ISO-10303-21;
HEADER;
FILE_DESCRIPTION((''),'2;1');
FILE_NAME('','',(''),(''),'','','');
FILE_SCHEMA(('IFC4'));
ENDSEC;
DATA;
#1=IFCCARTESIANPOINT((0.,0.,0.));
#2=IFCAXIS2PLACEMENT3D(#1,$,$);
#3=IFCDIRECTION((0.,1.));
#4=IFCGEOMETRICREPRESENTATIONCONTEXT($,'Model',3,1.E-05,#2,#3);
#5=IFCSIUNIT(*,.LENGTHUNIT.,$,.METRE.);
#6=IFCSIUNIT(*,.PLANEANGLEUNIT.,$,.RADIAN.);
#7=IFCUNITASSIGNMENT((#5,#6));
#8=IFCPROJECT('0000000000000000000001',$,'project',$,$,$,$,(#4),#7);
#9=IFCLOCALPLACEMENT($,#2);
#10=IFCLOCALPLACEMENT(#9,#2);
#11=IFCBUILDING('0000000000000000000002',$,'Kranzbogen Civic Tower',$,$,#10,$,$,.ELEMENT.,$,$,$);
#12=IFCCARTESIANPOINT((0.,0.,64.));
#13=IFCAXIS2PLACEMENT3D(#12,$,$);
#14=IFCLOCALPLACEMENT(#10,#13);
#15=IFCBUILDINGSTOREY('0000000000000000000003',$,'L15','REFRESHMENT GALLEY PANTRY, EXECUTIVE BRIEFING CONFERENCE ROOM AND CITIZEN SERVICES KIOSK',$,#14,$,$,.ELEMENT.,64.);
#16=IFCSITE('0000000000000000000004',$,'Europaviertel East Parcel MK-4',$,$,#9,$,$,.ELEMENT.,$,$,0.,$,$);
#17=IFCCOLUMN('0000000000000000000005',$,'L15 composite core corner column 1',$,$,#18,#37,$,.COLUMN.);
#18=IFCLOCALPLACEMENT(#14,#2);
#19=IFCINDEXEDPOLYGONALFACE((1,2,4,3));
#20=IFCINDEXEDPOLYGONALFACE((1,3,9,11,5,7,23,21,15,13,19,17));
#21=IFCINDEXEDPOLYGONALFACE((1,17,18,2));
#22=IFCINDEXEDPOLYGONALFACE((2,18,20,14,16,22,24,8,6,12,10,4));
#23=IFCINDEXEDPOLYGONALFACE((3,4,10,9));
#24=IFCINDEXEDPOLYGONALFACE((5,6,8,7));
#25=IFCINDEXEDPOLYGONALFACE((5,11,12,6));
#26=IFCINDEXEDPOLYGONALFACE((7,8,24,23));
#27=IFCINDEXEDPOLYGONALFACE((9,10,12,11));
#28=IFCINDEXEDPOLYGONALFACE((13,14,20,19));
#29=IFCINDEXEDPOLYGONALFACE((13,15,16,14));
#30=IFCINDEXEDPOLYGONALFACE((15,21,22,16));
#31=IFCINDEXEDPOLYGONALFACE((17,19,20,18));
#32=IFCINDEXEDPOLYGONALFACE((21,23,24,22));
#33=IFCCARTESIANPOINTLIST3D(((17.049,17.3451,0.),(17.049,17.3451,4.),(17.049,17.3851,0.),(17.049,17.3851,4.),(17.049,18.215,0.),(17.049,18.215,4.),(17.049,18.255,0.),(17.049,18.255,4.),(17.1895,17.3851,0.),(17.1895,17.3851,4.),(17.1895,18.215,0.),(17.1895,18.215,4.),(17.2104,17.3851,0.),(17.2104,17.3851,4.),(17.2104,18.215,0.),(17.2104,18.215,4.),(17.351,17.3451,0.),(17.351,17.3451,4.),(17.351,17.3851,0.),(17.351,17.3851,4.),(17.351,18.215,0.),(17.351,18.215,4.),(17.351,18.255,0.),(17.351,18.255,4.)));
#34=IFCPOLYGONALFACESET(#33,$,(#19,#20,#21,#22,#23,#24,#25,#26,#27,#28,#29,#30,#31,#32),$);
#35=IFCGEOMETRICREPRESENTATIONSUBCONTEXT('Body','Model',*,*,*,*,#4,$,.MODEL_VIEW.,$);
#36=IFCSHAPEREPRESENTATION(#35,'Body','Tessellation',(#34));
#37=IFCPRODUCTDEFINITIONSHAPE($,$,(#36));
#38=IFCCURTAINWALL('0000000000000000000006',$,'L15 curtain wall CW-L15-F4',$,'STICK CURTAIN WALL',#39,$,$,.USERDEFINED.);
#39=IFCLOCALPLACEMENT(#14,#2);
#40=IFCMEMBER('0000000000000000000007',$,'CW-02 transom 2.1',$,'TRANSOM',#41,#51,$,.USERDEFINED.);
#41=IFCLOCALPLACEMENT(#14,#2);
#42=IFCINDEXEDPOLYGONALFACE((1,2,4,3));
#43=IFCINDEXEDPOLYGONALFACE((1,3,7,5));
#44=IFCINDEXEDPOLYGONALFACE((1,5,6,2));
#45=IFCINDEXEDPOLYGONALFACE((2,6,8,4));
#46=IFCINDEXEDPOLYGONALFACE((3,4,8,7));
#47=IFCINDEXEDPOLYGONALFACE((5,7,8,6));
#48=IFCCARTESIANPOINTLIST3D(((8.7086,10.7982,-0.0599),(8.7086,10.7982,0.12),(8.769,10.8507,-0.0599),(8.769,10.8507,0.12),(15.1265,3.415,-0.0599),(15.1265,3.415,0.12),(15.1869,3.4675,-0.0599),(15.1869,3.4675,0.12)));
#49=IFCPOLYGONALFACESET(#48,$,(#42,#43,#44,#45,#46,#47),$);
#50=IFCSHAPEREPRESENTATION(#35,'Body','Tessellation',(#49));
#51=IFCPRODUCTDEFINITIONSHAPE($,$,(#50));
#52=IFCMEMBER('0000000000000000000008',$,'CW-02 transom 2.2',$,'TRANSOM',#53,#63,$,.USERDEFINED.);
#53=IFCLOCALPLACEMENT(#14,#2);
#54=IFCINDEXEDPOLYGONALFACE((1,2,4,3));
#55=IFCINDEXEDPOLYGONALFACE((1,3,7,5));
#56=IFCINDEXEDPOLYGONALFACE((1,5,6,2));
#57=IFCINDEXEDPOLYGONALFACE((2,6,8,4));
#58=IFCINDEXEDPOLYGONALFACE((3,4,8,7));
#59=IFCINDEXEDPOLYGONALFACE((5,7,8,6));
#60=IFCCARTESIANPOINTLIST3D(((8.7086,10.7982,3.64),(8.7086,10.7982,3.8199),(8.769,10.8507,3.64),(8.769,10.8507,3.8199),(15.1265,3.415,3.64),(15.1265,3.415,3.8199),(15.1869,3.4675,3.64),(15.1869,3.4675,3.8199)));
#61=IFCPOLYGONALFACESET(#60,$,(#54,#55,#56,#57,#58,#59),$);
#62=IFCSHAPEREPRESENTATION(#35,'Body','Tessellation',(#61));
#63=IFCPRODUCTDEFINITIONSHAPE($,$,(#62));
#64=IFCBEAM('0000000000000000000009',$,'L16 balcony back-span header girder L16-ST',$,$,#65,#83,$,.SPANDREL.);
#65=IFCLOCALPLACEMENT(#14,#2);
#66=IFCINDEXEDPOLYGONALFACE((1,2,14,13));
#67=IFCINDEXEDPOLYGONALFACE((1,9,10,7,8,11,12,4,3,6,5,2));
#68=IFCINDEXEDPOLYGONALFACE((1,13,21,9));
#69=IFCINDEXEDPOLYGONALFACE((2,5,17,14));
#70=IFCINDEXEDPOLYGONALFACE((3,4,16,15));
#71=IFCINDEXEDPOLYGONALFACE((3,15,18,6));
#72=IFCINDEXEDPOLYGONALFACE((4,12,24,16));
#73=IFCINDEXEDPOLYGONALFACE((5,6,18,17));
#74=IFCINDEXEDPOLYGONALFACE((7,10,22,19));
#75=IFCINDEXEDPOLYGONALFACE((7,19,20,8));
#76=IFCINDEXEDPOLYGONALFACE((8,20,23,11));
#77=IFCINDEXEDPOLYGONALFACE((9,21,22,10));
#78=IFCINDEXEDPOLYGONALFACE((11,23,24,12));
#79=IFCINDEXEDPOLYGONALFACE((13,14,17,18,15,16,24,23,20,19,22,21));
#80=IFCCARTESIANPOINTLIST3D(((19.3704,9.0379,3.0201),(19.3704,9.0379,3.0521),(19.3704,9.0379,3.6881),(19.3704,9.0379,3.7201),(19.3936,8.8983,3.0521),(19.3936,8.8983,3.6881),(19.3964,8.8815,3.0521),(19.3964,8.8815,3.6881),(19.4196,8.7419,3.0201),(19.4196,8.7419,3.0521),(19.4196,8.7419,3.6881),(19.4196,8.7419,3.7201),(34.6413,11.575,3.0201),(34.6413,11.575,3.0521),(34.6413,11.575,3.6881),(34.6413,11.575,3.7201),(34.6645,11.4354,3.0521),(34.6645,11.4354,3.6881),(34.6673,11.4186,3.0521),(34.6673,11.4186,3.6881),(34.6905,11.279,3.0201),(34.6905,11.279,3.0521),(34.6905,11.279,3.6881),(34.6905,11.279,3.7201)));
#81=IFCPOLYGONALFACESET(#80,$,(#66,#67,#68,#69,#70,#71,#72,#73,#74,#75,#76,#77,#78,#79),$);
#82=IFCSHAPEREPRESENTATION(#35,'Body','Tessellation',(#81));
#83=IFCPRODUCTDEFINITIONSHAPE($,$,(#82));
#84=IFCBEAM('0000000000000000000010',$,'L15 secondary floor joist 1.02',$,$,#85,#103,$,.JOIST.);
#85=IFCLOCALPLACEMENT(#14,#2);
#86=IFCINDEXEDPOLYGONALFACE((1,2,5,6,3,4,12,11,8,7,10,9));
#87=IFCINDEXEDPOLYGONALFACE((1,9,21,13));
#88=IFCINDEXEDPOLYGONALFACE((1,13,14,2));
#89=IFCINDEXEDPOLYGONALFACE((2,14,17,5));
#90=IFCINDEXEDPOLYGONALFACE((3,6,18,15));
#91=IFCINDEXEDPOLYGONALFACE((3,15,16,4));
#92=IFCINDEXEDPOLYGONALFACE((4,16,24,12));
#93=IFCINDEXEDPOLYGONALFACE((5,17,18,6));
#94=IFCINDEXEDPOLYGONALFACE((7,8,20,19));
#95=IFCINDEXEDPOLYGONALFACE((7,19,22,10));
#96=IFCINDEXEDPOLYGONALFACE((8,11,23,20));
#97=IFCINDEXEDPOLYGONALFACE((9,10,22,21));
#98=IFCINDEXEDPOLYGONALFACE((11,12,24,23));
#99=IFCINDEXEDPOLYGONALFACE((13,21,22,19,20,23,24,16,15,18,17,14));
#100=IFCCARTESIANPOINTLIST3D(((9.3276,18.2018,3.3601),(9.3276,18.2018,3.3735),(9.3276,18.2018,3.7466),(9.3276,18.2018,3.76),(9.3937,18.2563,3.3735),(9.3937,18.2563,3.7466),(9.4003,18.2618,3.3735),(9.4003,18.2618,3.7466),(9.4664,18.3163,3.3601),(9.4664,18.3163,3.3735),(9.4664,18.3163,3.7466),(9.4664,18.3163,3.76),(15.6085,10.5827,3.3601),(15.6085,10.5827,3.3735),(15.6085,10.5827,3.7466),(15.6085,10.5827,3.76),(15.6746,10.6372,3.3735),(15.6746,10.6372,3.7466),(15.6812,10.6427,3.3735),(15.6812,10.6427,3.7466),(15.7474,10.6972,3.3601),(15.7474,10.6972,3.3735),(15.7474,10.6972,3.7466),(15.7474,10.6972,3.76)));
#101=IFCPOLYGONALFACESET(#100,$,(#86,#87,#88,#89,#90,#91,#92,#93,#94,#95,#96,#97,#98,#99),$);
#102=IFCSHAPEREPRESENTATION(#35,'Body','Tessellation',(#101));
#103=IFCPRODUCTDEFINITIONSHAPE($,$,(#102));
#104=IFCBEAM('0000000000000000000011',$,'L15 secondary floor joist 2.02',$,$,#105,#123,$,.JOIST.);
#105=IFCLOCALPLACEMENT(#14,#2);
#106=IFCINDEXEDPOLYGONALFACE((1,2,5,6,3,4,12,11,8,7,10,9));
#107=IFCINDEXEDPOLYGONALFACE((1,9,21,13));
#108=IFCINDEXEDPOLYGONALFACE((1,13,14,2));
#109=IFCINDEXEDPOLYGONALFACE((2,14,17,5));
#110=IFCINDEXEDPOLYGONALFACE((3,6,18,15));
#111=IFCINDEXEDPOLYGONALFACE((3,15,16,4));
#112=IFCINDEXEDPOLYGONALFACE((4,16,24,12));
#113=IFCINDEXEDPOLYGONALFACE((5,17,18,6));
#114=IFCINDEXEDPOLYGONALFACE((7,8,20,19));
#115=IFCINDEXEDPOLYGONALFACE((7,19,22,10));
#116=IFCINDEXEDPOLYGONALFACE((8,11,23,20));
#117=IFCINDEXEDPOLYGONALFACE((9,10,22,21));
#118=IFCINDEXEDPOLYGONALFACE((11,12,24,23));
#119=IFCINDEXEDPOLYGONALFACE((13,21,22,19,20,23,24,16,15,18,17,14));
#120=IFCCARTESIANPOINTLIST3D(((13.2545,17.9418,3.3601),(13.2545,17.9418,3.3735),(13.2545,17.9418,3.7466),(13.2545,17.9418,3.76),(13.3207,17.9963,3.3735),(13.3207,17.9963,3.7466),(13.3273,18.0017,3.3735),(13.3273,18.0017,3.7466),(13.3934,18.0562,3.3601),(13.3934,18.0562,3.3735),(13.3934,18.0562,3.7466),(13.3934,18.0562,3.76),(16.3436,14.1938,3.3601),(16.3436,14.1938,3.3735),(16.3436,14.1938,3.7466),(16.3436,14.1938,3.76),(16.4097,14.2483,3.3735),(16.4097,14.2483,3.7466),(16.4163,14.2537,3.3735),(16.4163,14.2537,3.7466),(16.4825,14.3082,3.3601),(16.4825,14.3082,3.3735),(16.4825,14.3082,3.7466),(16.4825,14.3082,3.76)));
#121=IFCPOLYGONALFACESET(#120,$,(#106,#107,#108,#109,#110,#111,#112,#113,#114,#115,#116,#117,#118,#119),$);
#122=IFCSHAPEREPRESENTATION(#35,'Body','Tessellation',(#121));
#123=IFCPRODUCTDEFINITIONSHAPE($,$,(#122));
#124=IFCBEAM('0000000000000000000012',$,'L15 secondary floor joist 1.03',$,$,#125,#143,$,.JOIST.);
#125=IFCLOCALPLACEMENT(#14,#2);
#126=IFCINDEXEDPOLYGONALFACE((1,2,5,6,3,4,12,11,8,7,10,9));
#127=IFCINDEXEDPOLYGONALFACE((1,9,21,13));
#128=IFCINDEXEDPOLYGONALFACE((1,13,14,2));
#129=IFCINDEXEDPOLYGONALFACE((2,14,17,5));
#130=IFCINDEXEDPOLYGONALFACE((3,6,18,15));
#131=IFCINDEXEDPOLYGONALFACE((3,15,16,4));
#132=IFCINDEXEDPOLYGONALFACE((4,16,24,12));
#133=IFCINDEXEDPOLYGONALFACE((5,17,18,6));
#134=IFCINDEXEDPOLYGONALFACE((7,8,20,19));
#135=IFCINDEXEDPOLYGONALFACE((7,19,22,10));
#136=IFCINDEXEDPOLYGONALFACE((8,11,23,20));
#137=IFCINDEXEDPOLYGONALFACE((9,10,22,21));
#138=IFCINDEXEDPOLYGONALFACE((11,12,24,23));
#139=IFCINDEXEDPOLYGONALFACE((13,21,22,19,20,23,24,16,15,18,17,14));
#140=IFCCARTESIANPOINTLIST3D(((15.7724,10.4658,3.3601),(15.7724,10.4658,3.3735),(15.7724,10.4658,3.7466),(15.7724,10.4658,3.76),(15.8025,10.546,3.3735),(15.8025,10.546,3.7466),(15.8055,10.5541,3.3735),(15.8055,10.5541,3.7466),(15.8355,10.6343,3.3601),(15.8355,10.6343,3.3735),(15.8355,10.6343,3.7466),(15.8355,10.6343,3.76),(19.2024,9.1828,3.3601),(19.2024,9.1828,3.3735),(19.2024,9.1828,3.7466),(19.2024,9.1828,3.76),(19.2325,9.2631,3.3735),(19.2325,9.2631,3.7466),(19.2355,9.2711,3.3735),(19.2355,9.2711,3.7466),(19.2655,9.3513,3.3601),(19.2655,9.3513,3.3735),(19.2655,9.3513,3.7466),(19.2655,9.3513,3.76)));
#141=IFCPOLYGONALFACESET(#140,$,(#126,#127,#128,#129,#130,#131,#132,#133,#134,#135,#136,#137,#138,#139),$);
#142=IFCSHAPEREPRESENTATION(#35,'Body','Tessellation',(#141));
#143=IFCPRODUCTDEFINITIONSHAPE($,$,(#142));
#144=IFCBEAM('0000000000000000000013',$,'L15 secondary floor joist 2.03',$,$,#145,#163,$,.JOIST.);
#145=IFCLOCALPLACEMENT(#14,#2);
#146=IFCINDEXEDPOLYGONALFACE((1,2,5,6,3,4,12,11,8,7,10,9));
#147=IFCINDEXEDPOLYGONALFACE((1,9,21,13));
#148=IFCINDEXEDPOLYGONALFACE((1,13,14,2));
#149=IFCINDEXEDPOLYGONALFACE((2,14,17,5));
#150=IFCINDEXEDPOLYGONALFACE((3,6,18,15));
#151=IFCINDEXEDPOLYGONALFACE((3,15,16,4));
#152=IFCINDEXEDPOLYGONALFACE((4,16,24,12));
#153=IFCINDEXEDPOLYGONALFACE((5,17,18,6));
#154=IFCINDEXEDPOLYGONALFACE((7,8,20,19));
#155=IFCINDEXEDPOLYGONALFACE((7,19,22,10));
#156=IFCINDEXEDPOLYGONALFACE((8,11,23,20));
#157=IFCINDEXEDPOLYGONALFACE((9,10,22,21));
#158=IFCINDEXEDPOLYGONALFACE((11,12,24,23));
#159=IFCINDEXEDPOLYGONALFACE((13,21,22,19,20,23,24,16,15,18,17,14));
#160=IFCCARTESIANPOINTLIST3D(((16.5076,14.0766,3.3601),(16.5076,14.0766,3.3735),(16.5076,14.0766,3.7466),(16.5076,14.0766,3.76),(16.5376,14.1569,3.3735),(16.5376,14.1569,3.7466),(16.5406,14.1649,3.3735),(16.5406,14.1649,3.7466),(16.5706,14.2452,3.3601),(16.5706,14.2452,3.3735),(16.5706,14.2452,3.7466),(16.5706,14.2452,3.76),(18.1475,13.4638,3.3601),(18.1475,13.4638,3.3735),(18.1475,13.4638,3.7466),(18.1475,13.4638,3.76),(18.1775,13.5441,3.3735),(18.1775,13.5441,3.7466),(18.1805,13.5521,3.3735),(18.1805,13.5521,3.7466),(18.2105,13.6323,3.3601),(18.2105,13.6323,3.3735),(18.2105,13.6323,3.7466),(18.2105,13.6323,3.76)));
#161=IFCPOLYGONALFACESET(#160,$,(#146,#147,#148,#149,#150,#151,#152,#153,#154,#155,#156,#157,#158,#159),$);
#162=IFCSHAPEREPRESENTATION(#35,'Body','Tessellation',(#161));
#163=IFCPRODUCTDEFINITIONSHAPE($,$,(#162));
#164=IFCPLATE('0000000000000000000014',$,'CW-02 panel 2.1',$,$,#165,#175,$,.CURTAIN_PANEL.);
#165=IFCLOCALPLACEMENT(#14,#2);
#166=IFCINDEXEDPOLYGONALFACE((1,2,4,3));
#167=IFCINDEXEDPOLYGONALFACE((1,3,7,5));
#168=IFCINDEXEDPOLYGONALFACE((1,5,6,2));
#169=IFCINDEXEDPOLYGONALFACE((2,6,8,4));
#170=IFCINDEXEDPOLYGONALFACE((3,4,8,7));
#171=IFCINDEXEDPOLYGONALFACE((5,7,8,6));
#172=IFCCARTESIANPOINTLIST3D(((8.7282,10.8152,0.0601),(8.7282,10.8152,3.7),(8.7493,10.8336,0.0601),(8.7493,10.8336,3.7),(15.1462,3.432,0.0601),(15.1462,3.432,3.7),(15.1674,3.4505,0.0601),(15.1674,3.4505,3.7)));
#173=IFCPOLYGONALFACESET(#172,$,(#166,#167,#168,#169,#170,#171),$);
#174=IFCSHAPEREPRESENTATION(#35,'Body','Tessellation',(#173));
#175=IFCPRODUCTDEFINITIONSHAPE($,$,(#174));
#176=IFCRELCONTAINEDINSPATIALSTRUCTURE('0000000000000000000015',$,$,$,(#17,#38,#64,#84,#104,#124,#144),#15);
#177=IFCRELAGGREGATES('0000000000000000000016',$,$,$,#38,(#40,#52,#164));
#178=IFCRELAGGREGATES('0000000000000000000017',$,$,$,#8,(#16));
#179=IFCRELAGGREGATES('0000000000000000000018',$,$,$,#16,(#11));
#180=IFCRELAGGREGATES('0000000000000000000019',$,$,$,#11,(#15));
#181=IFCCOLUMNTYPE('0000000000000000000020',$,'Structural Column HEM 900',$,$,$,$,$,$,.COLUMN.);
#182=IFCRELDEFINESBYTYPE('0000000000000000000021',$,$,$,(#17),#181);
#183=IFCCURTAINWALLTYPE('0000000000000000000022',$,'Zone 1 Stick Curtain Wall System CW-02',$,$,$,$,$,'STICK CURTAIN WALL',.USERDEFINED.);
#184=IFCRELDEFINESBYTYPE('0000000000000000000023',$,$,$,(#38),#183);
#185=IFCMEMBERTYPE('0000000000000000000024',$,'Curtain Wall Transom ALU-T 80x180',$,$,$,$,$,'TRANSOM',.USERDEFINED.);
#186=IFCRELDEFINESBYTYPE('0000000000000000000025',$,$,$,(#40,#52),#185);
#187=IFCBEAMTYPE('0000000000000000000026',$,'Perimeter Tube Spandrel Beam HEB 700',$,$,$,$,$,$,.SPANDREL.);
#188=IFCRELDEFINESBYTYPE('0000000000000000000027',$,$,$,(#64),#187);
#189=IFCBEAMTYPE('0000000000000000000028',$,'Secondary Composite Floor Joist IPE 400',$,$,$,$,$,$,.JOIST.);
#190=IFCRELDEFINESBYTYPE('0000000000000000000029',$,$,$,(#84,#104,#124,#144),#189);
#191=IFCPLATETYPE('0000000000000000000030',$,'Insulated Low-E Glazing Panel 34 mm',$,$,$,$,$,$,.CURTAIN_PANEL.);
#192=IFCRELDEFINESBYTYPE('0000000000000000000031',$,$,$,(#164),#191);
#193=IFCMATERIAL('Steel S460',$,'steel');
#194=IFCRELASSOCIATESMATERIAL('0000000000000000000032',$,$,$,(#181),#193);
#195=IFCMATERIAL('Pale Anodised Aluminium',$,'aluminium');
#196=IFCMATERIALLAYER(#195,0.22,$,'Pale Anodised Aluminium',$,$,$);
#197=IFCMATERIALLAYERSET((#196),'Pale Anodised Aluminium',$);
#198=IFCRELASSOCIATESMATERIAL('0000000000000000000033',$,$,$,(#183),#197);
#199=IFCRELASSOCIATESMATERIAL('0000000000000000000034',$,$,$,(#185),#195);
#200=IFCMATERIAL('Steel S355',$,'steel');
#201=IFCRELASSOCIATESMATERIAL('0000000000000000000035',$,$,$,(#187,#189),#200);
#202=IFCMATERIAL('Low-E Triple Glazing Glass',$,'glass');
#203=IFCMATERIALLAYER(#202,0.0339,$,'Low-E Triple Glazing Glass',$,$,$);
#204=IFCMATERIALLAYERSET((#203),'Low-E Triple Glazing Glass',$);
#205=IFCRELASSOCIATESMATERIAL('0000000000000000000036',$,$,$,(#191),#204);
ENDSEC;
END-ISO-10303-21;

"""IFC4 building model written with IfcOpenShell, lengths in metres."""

from ifc_helpers import new_model, si_unit, direction, frame, origin, origin_2d, place, context, subcontext, project, spatial, rectangle, i_section, extrude, material, layer, layer_set, material_profile, profile_set, type_object, element, aggregate, save


model = new_model("IFC4")

# Units and contexts
model_context = context("Model", 3, precision=1e-05, world=origin(), true_north=direction((0.0, 1.0)))
body_context = subcontext(model_context, "Body", "Model", "MODEL_VIEW")
ifc_project = project(units=[si_unit("LENGTHUNIT", "METRE"), si_unit("PLANEANGLEUNIT", "RADIAN")], contexts=[model_context])

# Site, building, storey
site_placement = place(None, origin())
site = spatial("IfcSite", under=ifc_project, at=site_placement, Name="Europaviertel East Parcel MK-4", CompositionType="ELEMENT", RefElevation=0.0)
building_placement = place(site_placement, origin())
building = spatial("IfcBuilding", under=site, at=building_placement, Name="Kranzbogen Civic Tower", CompositionType="ELEMENT")
storey_placement = place(building_placement, frame((0.0, 0.0, 64.0)))
storey = spatial("IfcBuildingStorey", under=building, at=storey_placement, Name="L15", Description="REFRESHMENT GALLEY PANTRY, EXECUTIVE BRIEFING CONFERENCE ROOM AND CITIZEN SERVICES KIOSK", CompositionType="ELEMENT", Elevation=64.0)

# Column
ifc_material_1 = material(Name="Steel S460", Category="steel")
ifc_material_profile_1 = material_profile(ifc_material_1, i_section(OverallWidth=0.302, OverallDepth=0.9099, WebThickness=0.021, FlangeThickness=0.04, at=origin_2d()), Name="HEM 900")
ifc_profile_set_1 = profile_set([ifc_material_profile_1], Name="Steel S460")
column_type = type_object("IfcColumnType", Name="Structural Column HEM 900", PredefinedType="COLUMN", material=ifc_profile_set_1)
column_placement = place(storey_placement, frame((17.2, 17.8, 0.0), z_axis=(0.0, 0.0, 1.0), x_axis=(1.0, 0.0, 0.0)))
element("IfcColumn", 1, at=column_placement, inside=storey, type_object=column_type, Name="L15 composite core corner column 1", PredefinedType="COLUMN", context=body_context, shape_type="SweptSolid", body=[
    extrude(i_section(OverallWidth=0.302, OverallDepth=0.9099, WebThickness=0.021, FlangeThickness=0.04, at=origin_2d()), origin(), (0.0, 0.0, 1.0), 4.0),
])

# Curtain wall, members
ifc_material_2 = material(Name="Pale Anodised Aluminium", Category="aluminium")
ifc_layer_1 = layer(ifc_material_2, 0.22, Name="Pale Anodised Aluminium")
ifc_layer_set_1 = layer_set([ifc_layer_1], Name="Pale Anodised Aluminium")
curtain_wall_type = type_object("IfcCurtainWallType", Name="Zone 1 Stick Curtain Wall System CW-02", ElementType="STICK CURTAIN WALL", PredefinedType="USERDEFINED", material=ifc_layer_set_1)
curtain_wall_placement = place(storey_placement, origin())
curtain_wall = element("IfcCurtainWall", 2, at=curtain_wall_placement, inside=storey, type_object=curtain_wall_type, Name="L15 curtain wall CW-L15-F4", ObjectType="STICK CURTAIN WALL", PredefinedType="USERDEFINED")
ifc_material_profile_2 = material_profile(ifc_material_2, rectangle(XDim=0.0801, YDim=0.1799, at=origin_2d()), Name="ALU-T 80x180")
ifc_profile_set_2 = profile_set([ifc_material_profile_2], Name="Pale Anodised Aluminium")
member_type = type_object("IfcMemberType", Name="Curtain Wall Transom ALU-T 80x180", ElementType="TRANSOM", PredefinedType="USERDEFINED", material=ifc_profile_set_2)
member_1_placement = place(storey_placement, frame((8.7388, 10.8245, 0.03), z_axis=(0.656045, -0.754722, 0.0), x_axis=(0.754722, 0.656045, 0.0)))
member_1 = element("IfcMember", 3, at=member_1_placement, type_object=member_type, Name="CW-02 transom 2.1", ObjectType="TRANSOM", PredefinedType="USERDEFINED", context=body_context, shape_type="SweptSolid", body=[
    extrude(rectangle(XDim=0.0801, YDim=0.1799, at=origin_2d()), origin(), (0.0, 0.0, 1.0), 9.7827),
])
member_2_placement = place(storey_placement, frame((8.7388, 10.8245, 3.73), z_axis=(0.656045, -0.754722, 0.0), x_axis=(0.754722, 0.656045, 0.0)))
member_2 = element("IfcMember", 4, at=member_2_placement, type_object=member_type, Name="CW-02 transom 2.2", ObjectType="TRANSOM", PredefinedType="USERDEFINED", context=body_context, shape_type="SweptSolid", body=[
    extrude(rectangle(XDim=0.0801, YDim=0.1799, at=origin_2d()), origin(), (0.0, 0.0, 1.0), 9.7827),
])

# Beams
ifc_material_3 = material(Name="Steel S355", Category="steel")
ifc_material_profile_3 = material_profile(ifc_material_3, i_section(OverallWidth=0.3, OverallDepth=0.7, WebThickness=0.0171, FlangeThickness=0.032, at=origin_2d()), Name="HEB 700")
ifc_profile_set_3 = profile_set([ifc_material_profile_3], Name="Steel S355")
beam_type_1 = type_object("IfcBeamType", Name="Perimeter Tube Spandrel Beam HEB 700", PredefinedType="SPANDREL", material=ifc_profile_set_3)
beam_1_placement = place(storey_placement, frame((19.395, 8.8899, 3.3701), z_axis=(0.986478, 0.163893, 0.0), x_axis=(-0.163893, 0.986478, 0.0)))
element("IfcBeam", 5, at=beam_1_placement, inside=storey, type_object=beam_type_1, Name="L16 balcony back-span header girder L16-ST", PredefinedType="SPANDREL", context=body_context, shape_type="SweptSolid", body=[
    extrude(i_section(OverallWidth=0.3, OverallDepth=0.7, WebThickness=0.0171, FlangeThickness=0.032, at=origin_2d()), origin(), (0.0, 0.0, 1.0), 15.4802),
])
ifc_material_profile_4 = material_profile(ifc_material_3, i_section(OverallWidth=0.1799, OverallDepth=0.3999, WebThickness=0.0085, FlangeThickness=0.0134, at=origin_2d()), Name="IPE 400")
ifc_profile_set_4 = profile_set([ifc_material_profile_4], Name="Steel S355")
beam_type_2 = type_object("IfcBeamType", Name="Secondary Composite Floor Joist IPE 400", PredefinedType="JOIST", material=ifc_profile_set_4)
beam_2_placement = place(storey_placement, frame((9.397, 18.259, 3.5601), z_axis=(0.636095, -0.771611, 0.0), x_axis=(0.771611, 0.636095, 0.0)))
element("IfcBeam", 6, at=beam_2_placement, inside=storey, type_object=beam_type_2, Name="L15 secondary floor joist 1.02", PredefinedType="JOIST", context=body_context, shape_type="SweptSolid", body=[
    extrude(i_section(OverallWidth=0.1799, OverallDepth=0.3999, WebThickness=0.0085, FlangeThickness=0.0134, at=origin_2d()), origin(), (0.0, 0.0, 1.0), 9.8743),
])
beam_3_placement = place(storey_placement, frame((13.324, 17.999, 3.5601), z_axis=(0.636012, -0.771679, 0.0), x_axis=(0.771679, 0.636012, 0.0)))
element("IfcBeam", 7, at=beam_3_placement, inside=storey, type_object=beam_type_2, Name="L15 secondary floor joist 2.02", PredefinedType="JOIST", context=body_context, shape_type="SweptSolid", body=[
    extrude(i_section(OverallWidth=0.1799, OverallDepth=0.3999, WebThickness=0.0085, FlangeThickness=0.0134, at=origin_2d()), origin(), (0.0, 0.0, 1.0), 4.8569),
])
beam_4_placement = place(storey_placement, frame((15.804, 10.55, 3.5601), z_axis=(0.936622, -0.350342, 0.0), x_axis=(0.350342, 0.936622, 0.0)))
element("IfcBeam", 8, at=beam_4_placement, inside=storey, type_object=beam_type_2, Name="L15 secondary floor joist 1.03", PredefinedType="JOIST", context=body_context, shape_type="SweptSolid", body=[
    extrude(i_section(OverallWidth=0.1799, OverallDepth=0.3999, WebThickness=0.0085, FlangeThickness=0.0134, at=origin_2d()), origin(), (0.0, 0.0, 1.0), 3.6621),
])
beam_5_placement = place(storey_placement, frame((16.5391, 14.1609, 3.5601), z_axis=(0.936735, -0.350038, 0.0), x_axis=(0.350038, 0.936735, 0.0)))
element("IfcBeam", 9, at=beam_5_placement, inside=storey, type_object=beam_type_2, Name="L15 secondary floor joist 2.03", PredefinedType="JOIST", context=body_context, shape_type="SweptSolid", body=[
    extrude(i_section(OverallWidth=0.1799, OverallDepth=0.3999, WebThickness=0.0085, FlangeThickness=0.0134, at=origin_2d()), origin(), (0.0, 0.0, 1.0), 1.7507),
])

# Plate
ifc_material_4 = material(Name="Low-E Triple Glazing Glass", Category="glass")
ifc_layer_2 = layer(ifc_material_4, 0.0339, Name="Low-E Triple Glazing Glass")
ifc_layer_set_2 = layer_set([ifc_layer_2], Name="Low-E Triple Glazing Glass")
plate_type = type_object("IfcPlateType", Name="Insulated Low-E Glazing Panel 34 mm", PredefinedType="CURTAIN_PANEL", material=ifc_layer_set_2)
plate_placement = place(storey_placement, frame((11.9478, 7.1328, 0.0601), z_axis=(0.0, 0.0, 1.0), x_axis=(0.656056, -0.754712, 0.0)))
plate = element("IfcPlate", 10, at=plate_placement, type_object=plate_type, Name="CW-02 panel 2.1", PredefinedType="CURTAIN_PANEL", context=body_context, shape_type="SweptSolid", body=[
    extrude(rectangle(XDim=9.7827, YDim=0.0281, at=origin_2d()), origin(), (0.0, 0.0, 1.0), 3.6399),
])
aggregate(curtain_wall, [member_1, member_2, plate])

save(model, "model.ifc")
